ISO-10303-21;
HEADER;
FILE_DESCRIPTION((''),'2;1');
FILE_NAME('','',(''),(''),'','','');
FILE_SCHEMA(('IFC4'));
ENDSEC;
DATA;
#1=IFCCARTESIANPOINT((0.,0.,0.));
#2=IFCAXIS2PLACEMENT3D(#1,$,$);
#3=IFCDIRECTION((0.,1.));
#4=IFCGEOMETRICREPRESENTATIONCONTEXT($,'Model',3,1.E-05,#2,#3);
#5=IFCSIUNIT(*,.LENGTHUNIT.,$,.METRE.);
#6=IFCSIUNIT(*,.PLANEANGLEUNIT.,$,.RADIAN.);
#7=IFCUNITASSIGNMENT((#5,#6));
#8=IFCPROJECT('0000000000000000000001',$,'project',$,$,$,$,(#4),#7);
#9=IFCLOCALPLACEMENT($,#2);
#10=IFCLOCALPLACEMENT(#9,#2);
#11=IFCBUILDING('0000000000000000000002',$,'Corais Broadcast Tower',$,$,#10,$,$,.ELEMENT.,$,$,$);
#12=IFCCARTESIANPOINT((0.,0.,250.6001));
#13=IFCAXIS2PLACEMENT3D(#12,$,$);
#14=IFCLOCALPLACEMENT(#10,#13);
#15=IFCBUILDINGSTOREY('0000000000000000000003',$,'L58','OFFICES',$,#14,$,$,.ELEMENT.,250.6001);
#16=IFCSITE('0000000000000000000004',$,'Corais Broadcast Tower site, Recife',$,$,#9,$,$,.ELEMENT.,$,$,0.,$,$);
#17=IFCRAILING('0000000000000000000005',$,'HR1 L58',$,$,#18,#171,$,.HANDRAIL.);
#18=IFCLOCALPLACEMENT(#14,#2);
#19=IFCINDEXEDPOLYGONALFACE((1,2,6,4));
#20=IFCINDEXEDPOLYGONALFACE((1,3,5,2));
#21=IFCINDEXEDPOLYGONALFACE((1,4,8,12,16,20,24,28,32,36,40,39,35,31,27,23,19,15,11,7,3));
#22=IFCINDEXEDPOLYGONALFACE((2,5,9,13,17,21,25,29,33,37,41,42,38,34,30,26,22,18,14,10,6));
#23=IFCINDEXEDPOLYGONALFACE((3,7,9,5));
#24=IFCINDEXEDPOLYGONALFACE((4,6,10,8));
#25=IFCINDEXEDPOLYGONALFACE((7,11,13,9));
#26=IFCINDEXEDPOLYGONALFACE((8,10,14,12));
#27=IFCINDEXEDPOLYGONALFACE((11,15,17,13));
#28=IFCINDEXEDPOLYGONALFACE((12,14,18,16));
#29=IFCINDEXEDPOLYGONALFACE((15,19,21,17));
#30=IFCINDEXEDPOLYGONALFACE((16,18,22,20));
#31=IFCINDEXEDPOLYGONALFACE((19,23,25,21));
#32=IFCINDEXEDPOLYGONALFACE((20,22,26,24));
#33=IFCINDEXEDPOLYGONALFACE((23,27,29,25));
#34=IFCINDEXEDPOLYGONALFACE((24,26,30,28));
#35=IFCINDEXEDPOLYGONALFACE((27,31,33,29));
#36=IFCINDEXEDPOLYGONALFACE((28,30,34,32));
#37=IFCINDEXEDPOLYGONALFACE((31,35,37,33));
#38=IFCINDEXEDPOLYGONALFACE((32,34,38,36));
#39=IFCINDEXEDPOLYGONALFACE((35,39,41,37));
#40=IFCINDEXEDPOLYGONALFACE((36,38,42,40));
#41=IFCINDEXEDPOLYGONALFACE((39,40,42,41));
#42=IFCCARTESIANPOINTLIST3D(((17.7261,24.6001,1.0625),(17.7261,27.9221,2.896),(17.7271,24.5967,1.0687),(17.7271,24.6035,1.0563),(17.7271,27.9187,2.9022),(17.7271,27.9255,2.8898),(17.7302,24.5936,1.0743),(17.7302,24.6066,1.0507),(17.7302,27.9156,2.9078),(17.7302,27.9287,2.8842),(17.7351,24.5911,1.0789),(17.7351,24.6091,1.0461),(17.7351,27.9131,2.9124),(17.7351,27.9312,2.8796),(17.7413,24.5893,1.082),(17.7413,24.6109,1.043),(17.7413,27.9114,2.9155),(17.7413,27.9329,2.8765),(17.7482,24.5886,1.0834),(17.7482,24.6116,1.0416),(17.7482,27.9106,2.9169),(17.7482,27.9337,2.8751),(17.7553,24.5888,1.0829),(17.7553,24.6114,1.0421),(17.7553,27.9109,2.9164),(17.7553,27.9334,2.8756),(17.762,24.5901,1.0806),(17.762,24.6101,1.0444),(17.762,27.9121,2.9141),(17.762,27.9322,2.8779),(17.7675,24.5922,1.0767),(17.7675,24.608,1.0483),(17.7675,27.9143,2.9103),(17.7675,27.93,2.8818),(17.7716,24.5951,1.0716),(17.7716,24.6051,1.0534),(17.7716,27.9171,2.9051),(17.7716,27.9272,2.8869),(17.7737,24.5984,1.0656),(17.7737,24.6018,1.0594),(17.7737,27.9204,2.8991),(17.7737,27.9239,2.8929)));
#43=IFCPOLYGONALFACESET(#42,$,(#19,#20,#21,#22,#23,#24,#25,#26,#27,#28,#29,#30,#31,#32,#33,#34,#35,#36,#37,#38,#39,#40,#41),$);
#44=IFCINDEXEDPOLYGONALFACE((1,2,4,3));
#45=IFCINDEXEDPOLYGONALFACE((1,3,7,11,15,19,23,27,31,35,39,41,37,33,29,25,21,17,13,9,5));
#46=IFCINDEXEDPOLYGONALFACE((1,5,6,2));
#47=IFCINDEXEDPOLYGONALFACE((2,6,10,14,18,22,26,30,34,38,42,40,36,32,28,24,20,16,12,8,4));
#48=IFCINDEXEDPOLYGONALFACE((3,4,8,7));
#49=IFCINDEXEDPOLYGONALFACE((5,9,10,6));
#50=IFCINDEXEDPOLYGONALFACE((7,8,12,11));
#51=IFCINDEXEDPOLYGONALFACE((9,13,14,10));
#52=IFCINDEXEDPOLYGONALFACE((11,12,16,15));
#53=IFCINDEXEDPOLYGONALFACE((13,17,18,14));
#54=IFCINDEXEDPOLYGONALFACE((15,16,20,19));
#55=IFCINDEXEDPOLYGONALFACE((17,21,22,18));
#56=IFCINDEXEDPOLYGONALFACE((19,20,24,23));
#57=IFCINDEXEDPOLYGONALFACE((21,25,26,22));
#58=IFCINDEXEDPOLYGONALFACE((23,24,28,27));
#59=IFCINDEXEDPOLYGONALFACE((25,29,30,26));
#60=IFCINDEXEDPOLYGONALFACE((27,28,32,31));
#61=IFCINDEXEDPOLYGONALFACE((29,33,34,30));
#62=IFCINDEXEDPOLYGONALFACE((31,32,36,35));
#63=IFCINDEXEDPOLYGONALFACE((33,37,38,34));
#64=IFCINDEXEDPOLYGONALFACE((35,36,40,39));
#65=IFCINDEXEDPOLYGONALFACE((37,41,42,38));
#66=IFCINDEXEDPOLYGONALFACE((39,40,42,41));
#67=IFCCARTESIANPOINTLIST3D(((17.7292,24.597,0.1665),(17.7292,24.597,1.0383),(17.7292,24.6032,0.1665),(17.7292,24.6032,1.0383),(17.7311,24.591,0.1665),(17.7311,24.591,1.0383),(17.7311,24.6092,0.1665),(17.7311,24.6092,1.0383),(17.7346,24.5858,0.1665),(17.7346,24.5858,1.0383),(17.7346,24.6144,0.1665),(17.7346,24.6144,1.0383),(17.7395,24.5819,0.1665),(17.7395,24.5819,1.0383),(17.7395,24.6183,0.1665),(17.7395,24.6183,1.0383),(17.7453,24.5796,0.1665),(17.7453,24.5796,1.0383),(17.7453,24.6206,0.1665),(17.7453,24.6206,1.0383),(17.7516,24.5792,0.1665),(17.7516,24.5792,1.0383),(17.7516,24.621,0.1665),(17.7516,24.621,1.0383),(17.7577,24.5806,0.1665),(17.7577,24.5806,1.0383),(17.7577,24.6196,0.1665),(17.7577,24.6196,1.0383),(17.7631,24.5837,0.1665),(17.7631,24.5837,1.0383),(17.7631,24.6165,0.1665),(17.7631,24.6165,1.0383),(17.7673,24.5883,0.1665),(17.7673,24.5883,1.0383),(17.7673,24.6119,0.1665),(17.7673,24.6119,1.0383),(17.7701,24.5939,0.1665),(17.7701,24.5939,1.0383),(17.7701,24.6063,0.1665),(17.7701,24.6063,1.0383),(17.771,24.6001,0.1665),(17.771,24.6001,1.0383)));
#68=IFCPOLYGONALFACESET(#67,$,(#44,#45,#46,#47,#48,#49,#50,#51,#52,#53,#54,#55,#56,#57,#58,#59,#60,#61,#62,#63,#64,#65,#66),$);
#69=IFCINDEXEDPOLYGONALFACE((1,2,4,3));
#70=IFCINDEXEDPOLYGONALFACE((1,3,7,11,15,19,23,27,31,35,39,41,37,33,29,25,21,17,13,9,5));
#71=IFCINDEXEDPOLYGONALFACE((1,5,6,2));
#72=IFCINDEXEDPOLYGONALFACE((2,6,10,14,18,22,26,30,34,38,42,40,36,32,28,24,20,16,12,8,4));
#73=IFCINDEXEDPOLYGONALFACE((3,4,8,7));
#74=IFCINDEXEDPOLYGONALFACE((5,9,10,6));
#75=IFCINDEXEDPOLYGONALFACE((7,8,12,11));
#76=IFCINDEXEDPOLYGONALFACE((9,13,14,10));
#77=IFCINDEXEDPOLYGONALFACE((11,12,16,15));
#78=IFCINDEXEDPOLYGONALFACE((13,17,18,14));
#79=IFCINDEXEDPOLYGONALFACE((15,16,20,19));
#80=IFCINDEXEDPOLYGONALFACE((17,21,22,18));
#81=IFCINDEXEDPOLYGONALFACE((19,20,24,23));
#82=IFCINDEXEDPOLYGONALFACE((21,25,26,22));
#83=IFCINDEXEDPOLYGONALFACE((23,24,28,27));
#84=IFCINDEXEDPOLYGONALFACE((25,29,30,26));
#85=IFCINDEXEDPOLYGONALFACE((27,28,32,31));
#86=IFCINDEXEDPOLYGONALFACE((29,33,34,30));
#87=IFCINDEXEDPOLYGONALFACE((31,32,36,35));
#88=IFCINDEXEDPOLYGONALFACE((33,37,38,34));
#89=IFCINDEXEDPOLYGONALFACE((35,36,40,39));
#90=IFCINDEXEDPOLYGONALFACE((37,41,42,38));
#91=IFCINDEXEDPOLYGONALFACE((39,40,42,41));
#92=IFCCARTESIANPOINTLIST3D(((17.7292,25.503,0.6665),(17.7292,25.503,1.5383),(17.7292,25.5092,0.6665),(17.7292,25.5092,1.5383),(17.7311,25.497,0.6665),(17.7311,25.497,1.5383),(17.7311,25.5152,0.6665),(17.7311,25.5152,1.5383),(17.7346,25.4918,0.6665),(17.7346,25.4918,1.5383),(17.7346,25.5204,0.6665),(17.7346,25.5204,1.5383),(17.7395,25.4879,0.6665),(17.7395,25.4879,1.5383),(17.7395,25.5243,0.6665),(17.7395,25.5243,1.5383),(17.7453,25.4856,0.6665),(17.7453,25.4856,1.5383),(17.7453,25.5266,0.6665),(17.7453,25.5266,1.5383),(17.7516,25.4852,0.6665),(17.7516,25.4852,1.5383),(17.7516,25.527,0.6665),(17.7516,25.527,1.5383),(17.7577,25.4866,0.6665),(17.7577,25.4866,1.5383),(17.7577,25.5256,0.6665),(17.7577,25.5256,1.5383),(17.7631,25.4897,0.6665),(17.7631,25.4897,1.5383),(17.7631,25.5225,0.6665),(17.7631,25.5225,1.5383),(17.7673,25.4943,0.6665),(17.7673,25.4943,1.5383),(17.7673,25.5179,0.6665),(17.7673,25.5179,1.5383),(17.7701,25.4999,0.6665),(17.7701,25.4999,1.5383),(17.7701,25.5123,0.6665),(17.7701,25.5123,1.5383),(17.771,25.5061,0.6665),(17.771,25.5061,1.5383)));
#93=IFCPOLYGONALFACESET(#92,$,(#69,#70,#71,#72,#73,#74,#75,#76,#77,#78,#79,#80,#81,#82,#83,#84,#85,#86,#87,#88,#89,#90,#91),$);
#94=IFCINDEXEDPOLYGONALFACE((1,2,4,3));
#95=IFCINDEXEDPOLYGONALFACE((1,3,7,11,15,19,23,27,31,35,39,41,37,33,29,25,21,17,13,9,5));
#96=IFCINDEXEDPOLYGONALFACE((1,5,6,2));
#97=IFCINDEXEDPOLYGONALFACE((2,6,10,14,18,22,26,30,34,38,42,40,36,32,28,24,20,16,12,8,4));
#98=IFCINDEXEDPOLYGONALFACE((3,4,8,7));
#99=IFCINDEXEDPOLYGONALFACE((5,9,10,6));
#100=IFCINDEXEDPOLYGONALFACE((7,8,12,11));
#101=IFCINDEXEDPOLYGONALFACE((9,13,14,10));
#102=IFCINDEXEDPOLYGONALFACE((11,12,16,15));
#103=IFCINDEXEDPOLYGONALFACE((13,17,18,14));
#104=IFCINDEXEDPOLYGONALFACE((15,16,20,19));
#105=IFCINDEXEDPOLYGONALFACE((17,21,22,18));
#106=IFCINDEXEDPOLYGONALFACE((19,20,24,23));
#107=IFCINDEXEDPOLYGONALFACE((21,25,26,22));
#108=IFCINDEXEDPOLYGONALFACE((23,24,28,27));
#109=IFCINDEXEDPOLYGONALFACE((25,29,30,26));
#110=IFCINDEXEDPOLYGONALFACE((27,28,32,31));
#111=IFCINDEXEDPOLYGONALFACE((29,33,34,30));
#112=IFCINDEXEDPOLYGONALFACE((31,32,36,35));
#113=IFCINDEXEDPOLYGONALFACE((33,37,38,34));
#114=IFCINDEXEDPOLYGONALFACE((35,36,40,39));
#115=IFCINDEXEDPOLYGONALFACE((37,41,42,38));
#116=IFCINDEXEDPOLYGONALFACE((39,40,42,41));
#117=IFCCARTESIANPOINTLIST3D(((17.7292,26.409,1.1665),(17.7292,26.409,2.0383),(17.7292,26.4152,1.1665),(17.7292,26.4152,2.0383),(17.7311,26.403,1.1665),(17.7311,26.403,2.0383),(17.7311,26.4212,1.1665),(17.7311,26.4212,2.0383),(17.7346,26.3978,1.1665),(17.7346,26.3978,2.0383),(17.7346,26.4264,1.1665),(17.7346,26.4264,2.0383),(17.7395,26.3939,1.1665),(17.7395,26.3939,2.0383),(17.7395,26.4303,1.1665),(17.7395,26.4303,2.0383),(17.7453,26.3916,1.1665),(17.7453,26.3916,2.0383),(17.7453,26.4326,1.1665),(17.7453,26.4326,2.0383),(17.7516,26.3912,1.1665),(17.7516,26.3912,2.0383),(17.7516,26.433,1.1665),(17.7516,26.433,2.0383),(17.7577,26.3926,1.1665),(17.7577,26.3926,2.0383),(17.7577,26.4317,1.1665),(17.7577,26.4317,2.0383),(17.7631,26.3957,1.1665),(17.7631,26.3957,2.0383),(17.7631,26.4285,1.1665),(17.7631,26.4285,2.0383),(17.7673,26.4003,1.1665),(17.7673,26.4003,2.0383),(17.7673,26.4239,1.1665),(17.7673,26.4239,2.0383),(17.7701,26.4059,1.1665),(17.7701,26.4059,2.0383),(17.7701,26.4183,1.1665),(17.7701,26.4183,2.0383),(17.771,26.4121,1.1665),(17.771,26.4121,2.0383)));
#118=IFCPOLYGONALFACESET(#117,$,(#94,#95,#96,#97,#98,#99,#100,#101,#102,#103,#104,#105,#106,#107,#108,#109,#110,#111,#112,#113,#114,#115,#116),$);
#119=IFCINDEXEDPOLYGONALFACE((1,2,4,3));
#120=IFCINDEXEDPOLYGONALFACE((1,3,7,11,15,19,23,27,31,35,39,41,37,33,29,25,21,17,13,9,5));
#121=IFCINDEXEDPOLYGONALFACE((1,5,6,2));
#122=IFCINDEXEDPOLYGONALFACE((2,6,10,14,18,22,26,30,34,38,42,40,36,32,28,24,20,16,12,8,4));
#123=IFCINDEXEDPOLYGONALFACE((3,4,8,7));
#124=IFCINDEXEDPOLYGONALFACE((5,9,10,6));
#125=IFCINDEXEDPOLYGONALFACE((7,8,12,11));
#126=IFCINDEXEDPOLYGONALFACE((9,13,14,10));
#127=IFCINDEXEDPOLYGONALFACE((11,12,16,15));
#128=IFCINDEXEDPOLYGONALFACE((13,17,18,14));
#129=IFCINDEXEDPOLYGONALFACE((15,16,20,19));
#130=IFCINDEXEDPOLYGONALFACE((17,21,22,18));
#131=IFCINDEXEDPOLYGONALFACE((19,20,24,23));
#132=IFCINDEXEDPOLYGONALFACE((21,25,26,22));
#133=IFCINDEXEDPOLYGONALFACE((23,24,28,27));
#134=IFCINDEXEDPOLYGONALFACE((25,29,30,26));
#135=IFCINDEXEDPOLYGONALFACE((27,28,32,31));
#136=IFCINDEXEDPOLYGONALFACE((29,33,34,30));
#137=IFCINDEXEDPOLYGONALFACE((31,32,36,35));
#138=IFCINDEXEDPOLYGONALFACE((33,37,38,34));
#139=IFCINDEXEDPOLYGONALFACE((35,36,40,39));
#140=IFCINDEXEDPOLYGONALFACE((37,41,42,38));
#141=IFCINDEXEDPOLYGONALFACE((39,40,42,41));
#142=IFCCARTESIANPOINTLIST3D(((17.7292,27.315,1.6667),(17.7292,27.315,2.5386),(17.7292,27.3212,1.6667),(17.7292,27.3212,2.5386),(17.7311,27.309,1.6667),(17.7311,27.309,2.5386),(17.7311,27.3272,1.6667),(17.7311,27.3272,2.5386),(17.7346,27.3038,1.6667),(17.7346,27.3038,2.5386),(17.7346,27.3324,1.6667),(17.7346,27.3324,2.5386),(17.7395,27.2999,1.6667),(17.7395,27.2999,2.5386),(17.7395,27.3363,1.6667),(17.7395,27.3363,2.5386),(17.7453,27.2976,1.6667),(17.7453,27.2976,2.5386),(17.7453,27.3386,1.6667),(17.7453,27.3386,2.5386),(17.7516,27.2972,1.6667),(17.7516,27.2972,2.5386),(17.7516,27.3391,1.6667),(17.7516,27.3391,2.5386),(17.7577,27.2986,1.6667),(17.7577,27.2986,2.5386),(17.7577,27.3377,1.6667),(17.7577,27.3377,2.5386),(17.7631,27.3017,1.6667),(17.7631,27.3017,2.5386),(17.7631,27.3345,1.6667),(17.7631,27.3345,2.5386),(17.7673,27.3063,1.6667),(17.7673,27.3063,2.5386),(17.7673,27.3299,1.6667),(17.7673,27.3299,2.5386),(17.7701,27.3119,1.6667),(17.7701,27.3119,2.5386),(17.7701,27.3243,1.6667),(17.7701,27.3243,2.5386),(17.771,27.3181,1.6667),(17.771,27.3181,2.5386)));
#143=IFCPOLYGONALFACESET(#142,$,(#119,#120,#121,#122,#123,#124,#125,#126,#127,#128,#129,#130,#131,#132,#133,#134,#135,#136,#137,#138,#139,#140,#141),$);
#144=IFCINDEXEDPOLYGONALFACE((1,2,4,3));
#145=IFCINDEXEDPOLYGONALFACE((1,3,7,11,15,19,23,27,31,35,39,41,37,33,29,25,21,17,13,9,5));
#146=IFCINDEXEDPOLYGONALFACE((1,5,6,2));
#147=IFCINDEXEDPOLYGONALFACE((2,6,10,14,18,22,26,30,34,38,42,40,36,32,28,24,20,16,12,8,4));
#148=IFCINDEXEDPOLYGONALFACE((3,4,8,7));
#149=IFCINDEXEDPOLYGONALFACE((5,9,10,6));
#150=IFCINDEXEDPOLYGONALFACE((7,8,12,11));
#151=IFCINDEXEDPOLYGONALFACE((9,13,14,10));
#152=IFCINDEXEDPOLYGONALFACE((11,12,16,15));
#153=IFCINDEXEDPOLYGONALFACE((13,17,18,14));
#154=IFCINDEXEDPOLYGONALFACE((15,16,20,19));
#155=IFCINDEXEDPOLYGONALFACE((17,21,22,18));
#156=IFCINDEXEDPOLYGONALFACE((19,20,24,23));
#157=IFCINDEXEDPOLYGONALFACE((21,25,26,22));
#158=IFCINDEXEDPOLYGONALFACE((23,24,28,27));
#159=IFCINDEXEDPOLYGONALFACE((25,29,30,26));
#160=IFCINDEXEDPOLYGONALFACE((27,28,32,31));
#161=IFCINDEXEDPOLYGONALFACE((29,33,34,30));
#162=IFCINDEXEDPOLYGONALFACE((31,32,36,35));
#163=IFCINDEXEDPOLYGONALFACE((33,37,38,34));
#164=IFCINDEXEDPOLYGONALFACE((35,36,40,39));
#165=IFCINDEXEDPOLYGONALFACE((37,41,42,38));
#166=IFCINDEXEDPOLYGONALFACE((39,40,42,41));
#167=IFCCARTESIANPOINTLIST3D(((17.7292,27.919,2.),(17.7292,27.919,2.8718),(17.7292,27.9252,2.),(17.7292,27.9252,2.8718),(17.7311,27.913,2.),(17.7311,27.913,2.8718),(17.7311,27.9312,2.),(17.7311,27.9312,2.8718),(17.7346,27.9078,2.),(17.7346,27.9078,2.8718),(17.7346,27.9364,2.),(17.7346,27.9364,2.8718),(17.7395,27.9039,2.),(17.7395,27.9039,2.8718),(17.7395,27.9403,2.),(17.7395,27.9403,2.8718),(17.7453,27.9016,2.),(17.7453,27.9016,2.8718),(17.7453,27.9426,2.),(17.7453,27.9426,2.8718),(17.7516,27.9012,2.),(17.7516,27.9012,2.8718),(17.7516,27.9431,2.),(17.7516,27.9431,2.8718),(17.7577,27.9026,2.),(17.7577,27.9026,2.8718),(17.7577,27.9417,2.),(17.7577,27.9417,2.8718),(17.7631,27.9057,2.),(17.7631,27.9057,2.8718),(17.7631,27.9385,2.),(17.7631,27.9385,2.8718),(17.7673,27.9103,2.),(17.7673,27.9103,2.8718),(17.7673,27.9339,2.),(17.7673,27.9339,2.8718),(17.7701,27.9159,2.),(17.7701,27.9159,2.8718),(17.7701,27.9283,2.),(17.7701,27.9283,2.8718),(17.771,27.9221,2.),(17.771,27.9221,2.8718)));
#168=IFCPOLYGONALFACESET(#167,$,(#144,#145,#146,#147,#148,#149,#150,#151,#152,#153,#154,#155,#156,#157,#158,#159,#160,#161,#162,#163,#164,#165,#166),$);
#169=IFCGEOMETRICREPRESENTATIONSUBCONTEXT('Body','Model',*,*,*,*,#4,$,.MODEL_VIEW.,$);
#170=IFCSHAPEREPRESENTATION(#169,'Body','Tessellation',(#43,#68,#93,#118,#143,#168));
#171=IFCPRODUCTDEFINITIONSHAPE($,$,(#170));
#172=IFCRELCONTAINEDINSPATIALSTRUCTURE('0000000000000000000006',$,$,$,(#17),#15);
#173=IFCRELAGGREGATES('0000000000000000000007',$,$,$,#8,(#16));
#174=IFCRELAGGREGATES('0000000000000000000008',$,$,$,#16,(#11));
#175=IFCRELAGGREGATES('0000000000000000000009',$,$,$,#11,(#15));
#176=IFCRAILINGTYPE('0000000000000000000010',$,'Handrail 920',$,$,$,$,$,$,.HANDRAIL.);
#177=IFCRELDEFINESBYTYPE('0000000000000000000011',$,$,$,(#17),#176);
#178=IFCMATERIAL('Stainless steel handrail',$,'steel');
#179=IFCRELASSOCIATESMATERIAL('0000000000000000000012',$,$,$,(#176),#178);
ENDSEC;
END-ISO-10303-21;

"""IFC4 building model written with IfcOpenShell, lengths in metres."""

from ifc_helpers import new_model, si_unit, direction, frame, origin, origin_2d, place, context, subcontext, project, spatial, circle, extrude, material, type_object, element, save


model = new_model("IFC4")

# Units and contexts
model_context = context("Model", 3, precision=1e-05, world=origin(), true_north=direction((0.0, 1.0)))
body_context = subcontext(model_context, "Body", "Model", "MODEL_VIEW")
ifc_project = project(units=[si_unit("LENGTHUNIT", "METRE"), si_unit("PLANEANGLEUNIT", "RADIAN")], contexts=[model_context])

# Site, building, storey
site_placement = place(None, origin())
site = spatial("IfcSite", under=ifc_project, at=site_placement, Name="Corais Broadcast Tower site, Recife", CompositionType="ELEMENT", RefElevation=0.0)
building_placement = place(site_placement, origin())
building = spatial("IfcBuilding", under=site, at=building_placement, Name="Corais Broadcast Tower", CompositionType="ELEMENT")
storey_placement = place(building_placement, frame((0.0, 0.0, 250.6001)))
storey = spatial("IfcBuildingStorey", under=building, at=storey_placement, Name="L58", Description="OFFICES", CompositionType="ELEMENT", Elevation=250.6001)

# Railing
ifc_material_1 = material(Name="Stainless steel handrail", Category="steel")
railing_type = type_object("IfcRailingType", Name="Handrail 920", PredefinedType="HANDRAIL", material=ifc_material_1)
for number, where, name in (
    (1, (17.75, 24.6001, 0.1665), "HR1 L58"),
):
    element("IfcRailing", number, at=place(storey_placement, frame(where)), inside=storey, type_object=railing_type, Name=name, PredefinedType="HANDRAIL", context=body_context, shape_type="SweptSolid", body=[
        extrude(circle(Radius=0.0239, at=origin_2d()), frame((0.0, 0.0, 0.896), z_axis=(0.0, 0.875504, 0.48321), x_axis=(-1.0, 0.0, 0.0)), (0.0, 0.0, 1.0), 3.7944),
        extrude(circle(Radius=0.021, at=origin_2d()), origin(), (0.0, 0.0, 1.0), 0.8718),
        extrude(circle(Radius=0.021, at=origin_2d()), frame((0.0, 0.906, 0.5)), (0.0, 0.0, 1.0), 0.8718),
        extrude(circle(Radius=0.021, at=origin_2d()), frame((0.0, 1.812, 1.0)), (0.0, 0.0, 1.0), 0.8718),
        extrude(circle(Radius=0.021, at=origin_2d()), frame((0.0, 2.718, 1.5002)), (0.0, 0.0, 1.0), 0.8718),
        extrude(circle(Radius=0.021, at=origin_2d()), frame((0.0, 3.322, 1.8335)), (0.0, 0.0, 1.0), 0.8718),
    ])

save(model, "model.ifc")
